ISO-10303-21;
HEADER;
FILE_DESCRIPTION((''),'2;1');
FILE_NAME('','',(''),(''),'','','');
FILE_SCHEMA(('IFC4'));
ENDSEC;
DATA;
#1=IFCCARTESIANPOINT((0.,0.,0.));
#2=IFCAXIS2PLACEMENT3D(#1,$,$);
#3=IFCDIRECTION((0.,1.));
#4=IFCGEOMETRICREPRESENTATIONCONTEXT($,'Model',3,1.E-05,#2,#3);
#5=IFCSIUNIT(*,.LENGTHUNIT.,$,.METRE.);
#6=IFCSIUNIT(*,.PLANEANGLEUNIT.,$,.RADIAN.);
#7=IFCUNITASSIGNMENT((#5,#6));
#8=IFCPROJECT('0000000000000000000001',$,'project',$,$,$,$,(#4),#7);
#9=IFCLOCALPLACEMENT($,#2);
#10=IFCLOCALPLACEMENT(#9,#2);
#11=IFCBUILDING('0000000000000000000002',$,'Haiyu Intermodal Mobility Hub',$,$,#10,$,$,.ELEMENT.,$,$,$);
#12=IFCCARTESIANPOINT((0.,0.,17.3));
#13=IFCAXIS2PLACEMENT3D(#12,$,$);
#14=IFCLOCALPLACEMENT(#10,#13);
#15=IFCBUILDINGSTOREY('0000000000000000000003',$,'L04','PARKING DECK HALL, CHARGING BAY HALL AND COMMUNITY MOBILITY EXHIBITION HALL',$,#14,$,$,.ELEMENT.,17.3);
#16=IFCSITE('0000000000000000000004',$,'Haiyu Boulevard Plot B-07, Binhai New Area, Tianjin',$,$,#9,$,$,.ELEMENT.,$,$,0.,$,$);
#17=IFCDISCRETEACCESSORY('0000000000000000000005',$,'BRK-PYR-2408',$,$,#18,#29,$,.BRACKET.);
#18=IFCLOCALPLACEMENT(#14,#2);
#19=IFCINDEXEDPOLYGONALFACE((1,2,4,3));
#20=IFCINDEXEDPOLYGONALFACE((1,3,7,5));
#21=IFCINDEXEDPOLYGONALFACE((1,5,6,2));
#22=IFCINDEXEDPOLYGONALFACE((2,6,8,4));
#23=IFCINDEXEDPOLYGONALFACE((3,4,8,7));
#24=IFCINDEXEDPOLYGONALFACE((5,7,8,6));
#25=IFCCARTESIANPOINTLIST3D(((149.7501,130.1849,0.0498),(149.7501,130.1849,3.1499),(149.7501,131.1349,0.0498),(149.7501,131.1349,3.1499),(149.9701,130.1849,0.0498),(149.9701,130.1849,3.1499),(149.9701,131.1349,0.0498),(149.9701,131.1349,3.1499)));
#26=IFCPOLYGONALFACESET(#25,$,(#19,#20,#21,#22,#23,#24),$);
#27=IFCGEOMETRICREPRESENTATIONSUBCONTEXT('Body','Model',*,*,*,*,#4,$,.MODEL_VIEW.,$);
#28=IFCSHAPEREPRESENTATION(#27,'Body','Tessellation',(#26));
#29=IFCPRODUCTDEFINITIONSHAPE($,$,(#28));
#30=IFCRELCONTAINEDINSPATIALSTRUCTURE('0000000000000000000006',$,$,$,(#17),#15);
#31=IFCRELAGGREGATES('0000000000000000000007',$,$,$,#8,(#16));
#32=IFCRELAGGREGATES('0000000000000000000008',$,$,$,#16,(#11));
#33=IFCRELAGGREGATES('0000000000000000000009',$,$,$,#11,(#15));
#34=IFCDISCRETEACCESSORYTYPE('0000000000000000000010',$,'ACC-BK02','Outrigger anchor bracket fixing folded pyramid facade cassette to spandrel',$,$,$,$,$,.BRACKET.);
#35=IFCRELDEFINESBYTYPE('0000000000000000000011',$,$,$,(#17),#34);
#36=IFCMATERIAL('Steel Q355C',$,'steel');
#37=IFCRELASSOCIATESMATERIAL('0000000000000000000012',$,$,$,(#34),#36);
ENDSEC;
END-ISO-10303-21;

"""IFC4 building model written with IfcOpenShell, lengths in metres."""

from ifc_helpers import new_model, si_unit, direction, frame, origin, origin_2d, place, context, subcontext, project, spatial, rectangle, extrude, material, type_object, element, save


model = new_model("IFC4")

# Units and contexts
model_context = context("Model", 3, precision=1e-05, world=origin(), true_north=direction((0.0, 1.0)))
body_context = subcontext(model_context, "Body", "Model", "MODEL_VIEW")
ifc_project = project(units=[si_unit("LENGTHUNIT", "METRE"), si_unit("PLANEANGLEUNIT", "RADIAN")], contexts=[model_context])

# Site, building, storey
site_placement = place(None, origin())
site = spatial("IfcSite", under=ifc_project, at=site_placement, Name="Haiyu Boulevard Plot B-07, Binhai New Area, Tianjin", CompositionType="ELEMENT", RefElevation=0.0)
building_placement = place(site_placement, origin())
building = spatial("IfcBuilding", under=site, at=building_placement, Name="Haiyu Intermodal Mobility Hub", CompositionType="ELEMENT")
storey_placement = place(building_placement, frame((0.0, 0.0, 17.3)))
storey = spatial("IfcBuildingStorey", under=building, at=storey_placement, Name="L04", Description="PARKING DECK HALL, CHARGING BAY HALL AND COMMUNITY MOBILITY EXHIBITION HALL", CompositionType="ELEMENT", Elevation=17.3)

# Discrete accessory
ifc_material_1 = material(Name="Steel Q355C", Category="steel")
discrete_accessory_type = type_object("IfcDiscreteAccessoryType", Name="ACC-BK02", Description="Outrigger anchor bracket fixing folded pyramid facade cassette to spandrel", PredefinedType="BRACKET", material=ifc_material_1)
for number, where, z_axis, x_axis, name in (
    (1, (149.8601, 130.6599, 0.0498), (0.0, 0.0, 1.0), (1.0, 0.0, 0.0), "BRK-PYR-2408"),
):
    element("IfcDiscreteAccessory", number, at=place(storey_placement, frame(where, z_axis=z_axis, x_axis=x_axis)), inside=storey, type_object=discrete_accessory_type, Name=name, PredefinedType="BRACKET", context=body_context, shape_type="SweptSolid", body=[
        extrude(rectangle(XDim=0.22, YDim=0.95, at=origin_2d()), origin(), (0.0, 0.0, 1.0), 3.1001),
    ])

save(model, "model.ifc")
